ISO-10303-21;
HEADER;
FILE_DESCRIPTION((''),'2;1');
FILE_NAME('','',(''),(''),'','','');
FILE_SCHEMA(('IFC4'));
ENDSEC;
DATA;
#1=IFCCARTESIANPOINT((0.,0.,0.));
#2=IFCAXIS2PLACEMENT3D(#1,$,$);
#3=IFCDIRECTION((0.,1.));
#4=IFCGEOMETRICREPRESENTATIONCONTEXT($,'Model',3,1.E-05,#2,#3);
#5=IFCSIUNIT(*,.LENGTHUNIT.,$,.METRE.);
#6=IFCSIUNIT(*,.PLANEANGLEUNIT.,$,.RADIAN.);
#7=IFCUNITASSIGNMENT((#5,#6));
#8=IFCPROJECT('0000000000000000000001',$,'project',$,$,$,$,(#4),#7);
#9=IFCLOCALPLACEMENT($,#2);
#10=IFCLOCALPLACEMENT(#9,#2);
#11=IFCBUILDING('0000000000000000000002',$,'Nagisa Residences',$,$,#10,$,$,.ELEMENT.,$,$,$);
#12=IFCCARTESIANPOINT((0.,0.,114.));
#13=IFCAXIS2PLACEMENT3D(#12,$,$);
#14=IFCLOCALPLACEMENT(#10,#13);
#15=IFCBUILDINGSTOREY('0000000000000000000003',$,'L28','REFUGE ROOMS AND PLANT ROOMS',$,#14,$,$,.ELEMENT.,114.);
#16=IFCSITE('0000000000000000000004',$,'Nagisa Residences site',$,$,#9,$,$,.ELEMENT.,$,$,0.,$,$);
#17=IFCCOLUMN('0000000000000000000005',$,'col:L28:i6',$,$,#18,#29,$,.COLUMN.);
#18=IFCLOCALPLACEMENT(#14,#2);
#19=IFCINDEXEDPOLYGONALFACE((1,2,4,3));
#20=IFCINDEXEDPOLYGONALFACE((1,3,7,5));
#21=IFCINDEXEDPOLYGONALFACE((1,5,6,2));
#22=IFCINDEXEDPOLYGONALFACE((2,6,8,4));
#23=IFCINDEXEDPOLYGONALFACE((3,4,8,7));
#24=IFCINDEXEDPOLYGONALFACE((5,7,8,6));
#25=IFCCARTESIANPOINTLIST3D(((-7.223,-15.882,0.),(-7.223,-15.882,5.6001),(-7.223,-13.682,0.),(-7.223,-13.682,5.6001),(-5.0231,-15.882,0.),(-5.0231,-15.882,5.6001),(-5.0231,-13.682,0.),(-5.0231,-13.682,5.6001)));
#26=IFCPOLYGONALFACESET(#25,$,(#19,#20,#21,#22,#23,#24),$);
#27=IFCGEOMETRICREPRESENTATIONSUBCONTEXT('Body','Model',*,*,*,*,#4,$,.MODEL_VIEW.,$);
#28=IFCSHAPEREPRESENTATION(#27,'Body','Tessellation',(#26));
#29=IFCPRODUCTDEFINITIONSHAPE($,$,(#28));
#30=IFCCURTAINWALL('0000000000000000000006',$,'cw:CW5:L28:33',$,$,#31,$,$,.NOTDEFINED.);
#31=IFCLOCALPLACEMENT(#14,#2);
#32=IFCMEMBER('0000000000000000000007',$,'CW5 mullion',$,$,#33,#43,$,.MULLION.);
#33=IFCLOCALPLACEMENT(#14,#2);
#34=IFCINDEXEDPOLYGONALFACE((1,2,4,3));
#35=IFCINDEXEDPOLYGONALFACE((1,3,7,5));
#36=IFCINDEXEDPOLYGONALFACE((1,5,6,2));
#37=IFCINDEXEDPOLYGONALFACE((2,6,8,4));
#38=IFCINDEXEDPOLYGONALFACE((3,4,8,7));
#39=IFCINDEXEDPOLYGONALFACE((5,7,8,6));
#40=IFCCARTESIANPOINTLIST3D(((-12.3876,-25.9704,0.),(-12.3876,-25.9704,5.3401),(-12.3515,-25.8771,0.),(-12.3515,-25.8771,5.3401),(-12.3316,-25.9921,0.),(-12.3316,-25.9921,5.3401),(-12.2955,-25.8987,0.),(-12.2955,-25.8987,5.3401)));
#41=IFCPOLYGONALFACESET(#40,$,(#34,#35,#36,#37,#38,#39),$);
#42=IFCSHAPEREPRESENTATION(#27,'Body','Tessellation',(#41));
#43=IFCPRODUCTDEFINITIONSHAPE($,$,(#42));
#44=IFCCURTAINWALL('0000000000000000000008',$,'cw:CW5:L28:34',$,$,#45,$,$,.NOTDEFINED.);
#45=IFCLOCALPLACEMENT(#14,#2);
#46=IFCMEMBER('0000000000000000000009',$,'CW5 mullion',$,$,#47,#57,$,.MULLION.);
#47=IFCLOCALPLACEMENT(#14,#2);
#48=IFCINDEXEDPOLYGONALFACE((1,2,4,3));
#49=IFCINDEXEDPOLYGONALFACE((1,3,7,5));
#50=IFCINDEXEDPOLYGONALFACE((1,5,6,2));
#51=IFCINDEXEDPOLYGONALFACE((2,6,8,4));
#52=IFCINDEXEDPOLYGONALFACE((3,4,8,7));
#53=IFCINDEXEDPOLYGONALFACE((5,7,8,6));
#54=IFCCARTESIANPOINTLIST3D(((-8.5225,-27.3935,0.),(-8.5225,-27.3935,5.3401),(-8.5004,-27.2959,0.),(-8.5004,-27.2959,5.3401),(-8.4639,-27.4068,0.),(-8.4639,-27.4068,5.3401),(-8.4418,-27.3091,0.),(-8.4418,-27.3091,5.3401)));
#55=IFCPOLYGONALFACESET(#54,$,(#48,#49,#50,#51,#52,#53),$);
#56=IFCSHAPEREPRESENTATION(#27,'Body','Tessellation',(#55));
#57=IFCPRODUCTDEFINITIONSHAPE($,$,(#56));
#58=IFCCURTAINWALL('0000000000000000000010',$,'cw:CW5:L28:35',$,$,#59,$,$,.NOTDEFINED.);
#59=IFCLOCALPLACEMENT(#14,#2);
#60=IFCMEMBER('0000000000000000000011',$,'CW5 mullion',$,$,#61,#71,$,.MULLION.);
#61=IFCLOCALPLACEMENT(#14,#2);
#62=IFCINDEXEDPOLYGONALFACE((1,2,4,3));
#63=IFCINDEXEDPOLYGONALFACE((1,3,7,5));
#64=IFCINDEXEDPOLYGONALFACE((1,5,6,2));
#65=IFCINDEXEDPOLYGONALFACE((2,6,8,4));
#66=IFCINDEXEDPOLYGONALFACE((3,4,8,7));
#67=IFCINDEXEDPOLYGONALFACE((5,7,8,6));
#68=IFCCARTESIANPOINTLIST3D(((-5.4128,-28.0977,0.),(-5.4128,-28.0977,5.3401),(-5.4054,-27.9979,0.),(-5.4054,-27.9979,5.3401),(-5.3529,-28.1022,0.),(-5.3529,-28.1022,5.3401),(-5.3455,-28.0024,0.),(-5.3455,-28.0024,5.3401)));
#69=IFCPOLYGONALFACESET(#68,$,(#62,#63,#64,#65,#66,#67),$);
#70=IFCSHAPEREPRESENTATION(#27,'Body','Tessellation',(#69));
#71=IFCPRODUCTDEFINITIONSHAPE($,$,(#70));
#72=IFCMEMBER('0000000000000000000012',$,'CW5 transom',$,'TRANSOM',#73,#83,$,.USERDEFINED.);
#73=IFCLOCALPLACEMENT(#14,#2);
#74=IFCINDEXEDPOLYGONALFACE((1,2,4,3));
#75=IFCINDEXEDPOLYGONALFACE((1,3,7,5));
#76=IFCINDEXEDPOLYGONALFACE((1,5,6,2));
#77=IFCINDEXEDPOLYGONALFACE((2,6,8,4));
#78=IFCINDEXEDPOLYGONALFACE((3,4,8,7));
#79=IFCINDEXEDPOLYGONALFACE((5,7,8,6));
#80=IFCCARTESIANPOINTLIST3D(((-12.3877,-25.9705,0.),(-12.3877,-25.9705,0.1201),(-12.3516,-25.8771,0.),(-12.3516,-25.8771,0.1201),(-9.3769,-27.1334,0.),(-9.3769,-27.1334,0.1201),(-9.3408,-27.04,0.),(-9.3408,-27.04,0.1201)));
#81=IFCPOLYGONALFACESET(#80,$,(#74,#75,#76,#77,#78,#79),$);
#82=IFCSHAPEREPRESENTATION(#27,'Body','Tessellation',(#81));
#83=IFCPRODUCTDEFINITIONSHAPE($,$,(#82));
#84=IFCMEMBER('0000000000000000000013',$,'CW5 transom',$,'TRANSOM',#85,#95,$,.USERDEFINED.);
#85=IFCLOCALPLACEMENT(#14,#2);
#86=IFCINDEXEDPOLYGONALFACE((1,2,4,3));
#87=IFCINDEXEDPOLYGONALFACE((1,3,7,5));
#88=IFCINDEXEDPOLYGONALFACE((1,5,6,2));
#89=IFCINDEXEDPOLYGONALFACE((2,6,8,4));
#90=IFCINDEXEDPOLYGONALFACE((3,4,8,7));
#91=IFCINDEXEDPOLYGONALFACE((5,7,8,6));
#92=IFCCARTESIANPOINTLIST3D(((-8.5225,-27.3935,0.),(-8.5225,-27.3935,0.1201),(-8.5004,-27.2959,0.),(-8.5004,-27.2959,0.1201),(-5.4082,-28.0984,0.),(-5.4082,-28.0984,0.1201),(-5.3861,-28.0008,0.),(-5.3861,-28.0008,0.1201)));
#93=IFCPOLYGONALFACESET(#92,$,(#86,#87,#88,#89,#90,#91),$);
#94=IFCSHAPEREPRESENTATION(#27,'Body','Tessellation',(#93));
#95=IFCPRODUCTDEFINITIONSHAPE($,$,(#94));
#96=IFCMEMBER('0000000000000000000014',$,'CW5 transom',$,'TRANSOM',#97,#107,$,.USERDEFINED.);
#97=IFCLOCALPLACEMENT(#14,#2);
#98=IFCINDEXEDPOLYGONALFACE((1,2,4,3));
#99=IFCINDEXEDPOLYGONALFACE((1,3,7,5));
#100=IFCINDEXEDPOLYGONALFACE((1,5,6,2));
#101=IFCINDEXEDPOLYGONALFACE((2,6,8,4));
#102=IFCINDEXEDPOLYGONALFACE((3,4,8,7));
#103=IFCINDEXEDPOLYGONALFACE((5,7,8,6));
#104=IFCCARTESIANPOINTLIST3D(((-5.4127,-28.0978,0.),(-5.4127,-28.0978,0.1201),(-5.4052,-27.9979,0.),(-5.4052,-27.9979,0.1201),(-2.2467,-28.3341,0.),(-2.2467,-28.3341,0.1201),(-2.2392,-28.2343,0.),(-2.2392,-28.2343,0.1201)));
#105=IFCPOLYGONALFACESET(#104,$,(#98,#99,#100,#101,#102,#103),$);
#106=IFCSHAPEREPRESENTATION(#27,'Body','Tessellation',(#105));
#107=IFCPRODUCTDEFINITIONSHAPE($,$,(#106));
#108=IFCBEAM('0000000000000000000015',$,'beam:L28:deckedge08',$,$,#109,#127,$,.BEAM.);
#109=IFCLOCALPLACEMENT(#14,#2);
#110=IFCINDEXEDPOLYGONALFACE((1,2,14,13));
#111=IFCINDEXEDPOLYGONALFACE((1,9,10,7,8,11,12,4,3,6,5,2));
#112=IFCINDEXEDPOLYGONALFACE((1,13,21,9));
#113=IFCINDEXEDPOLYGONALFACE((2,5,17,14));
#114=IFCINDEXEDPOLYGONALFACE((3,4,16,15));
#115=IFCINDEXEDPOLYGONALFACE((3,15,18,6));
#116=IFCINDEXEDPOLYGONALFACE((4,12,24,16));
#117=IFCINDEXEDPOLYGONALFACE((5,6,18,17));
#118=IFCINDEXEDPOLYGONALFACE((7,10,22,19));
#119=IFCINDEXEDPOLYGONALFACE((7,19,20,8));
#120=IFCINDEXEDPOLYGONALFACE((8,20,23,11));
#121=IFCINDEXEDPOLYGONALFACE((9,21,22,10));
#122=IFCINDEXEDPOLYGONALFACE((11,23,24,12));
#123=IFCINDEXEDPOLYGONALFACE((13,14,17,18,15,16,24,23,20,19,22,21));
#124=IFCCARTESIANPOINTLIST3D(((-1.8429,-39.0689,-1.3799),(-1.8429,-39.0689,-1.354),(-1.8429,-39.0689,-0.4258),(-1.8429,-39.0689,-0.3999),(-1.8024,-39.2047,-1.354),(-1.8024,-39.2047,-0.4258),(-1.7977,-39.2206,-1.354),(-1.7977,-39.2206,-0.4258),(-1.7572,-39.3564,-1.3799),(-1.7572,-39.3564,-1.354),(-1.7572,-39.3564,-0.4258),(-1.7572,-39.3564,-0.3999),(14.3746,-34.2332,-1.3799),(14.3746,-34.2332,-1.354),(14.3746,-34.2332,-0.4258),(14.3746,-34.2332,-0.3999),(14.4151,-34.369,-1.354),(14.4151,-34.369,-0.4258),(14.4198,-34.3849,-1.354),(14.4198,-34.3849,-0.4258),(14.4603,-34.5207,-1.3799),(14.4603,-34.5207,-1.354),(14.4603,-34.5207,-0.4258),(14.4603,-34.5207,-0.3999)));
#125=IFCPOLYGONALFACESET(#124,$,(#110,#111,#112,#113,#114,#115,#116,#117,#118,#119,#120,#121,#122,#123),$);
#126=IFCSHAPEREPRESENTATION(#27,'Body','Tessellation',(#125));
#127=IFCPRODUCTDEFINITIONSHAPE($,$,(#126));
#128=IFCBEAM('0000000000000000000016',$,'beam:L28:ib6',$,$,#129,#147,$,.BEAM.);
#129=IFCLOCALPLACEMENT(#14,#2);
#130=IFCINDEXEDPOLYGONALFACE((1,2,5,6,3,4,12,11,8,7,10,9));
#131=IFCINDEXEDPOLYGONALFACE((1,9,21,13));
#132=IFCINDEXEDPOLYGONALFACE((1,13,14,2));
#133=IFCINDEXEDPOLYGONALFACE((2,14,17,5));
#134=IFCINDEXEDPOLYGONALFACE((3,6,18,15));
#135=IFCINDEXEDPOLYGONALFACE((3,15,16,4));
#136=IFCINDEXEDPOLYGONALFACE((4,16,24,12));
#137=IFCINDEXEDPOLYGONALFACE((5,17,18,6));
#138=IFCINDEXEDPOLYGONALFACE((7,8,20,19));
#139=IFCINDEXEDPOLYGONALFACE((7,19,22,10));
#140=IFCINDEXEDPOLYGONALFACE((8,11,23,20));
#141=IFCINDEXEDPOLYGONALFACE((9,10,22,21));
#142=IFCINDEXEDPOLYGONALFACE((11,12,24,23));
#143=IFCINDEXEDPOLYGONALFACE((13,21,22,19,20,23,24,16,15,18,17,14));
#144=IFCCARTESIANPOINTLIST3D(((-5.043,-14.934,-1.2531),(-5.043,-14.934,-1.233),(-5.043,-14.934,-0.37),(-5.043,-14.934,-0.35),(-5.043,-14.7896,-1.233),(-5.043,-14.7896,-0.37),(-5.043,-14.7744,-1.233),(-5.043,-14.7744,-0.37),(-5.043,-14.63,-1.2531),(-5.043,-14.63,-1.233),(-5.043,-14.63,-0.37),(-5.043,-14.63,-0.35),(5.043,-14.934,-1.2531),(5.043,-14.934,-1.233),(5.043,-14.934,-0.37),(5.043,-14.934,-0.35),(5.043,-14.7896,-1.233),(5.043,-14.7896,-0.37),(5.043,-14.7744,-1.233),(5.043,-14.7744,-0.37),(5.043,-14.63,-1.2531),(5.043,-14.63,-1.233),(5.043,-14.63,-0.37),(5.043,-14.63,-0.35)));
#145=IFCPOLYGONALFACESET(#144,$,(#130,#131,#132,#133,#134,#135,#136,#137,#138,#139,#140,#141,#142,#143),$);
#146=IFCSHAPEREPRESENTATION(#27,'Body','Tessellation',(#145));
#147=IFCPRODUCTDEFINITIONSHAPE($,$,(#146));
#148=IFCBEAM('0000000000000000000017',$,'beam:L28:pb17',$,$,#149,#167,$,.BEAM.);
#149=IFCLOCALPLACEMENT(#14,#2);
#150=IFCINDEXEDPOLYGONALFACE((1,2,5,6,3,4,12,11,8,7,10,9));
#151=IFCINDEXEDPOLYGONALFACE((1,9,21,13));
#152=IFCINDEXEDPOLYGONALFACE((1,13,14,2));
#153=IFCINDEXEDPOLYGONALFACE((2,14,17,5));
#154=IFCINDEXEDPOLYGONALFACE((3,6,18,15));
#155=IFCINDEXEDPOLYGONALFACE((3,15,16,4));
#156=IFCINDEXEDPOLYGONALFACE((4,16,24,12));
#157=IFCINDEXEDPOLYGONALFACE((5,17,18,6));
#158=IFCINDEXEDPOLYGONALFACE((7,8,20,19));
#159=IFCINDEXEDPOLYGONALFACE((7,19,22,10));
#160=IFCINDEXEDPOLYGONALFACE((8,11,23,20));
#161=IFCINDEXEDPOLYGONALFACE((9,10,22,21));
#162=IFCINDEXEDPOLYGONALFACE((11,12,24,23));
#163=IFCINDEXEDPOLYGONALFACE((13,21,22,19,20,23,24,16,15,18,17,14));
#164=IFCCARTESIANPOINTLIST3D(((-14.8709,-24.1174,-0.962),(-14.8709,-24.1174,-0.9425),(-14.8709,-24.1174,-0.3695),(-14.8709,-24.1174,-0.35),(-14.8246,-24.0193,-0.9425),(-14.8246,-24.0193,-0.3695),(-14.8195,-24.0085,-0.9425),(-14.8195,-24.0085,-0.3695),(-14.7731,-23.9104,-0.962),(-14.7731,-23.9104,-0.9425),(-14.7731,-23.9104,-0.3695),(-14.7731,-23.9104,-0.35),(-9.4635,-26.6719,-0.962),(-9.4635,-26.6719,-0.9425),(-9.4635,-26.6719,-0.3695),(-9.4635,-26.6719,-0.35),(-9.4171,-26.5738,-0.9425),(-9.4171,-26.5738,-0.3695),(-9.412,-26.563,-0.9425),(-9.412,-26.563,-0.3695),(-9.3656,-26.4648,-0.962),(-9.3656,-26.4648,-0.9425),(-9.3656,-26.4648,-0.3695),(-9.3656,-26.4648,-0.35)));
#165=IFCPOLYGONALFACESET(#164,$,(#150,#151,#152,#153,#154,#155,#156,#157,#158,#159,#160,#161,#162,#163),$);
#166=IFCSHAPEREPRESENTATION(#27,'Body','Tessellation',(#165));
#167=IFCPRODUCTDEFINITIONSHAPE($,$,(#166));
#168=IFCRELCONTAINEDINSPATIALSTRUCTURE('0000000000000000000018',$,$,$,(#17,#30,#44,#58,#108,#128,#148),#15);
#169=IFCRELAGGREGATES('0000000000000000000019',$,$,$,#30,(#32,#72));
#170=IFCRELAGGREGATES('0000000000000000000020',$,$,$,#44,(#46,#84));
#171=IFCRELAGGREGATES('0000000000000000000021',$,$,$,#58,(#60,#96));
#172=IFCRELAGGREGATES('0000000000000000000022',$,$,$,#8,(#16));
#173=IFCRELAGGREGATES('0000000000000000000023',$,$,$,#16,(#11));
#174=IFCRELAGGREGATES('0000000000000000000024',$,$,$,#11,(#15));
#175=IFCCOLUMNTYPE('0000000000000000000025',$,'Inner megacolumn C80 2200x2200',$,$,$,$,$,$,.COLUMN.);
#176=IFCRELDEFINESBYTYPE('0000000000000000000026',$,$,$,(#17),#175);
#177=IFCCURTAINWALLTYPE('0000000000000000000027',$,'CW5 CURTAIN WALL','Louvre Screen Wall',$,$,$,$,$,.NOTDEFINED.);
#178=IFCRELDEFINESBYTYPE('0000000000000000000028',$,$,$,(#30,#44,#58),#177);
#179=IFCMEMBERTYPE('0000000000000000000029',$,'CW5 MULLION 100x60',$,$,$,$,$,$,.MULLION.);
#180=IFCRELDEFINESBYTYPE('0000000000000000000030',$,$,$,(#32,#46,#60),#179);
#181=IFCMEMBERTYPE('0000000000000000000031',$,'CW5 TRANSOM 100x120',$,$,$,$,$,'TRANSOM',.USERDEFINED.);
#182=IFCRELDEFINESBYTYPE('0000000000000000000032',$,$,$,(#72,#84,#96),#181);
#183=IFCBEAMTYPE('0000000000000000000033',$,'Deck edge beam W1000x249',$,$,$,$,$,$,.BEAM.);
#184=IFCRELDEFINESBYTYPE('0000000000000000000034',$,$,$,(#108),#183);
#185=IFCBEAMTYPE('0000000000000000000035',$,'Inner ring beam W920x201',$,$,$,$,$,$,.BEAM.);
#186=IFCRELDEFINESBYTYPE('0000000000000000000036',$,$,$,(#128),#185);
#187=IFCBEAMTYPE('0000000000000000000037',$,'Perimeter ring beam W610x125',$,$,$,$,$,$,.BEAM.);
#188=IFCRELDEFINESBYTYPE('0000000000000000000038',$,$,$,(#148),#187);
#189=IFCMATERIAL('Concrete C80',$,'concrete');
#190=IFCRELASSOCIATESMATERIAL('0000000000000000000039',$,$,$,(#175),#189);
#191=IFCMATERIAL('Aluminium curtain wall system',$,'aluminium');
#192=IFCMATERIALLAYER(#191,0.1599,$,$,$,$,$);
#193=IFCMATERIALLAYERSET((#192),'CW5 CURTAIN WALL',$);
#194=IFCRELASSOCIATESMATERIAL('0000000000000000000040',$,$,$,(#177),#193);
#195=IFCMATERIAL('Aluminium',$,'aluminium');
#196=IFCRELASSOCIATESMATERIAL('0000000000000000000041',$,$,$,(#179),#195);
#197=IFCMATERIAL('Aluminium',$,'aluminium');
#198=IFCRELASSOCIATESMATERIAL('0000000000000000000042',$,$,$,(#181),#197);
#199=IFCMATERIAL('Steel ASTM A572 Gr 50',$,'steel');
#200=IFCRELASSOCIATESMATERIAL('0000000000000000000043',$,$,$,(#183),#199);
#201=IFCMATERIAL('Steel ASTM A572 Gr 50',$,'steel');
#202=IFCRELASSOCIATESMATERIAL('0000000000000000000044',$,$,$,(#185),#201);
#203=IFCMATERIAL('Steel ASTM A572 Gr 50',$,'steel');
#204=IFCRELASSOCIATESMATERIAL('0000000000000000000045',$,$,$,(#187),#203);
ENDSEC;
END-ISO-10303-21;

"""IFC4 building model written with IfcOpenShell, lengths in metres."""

from ifc_helpers import new_model, si_unit, direction, frame, origin, origin_2d, place, context, subcontext, project, spatial, rectangle, i_section, extrude, material, layer, layer_set, material_profile, profile_set, type_object, element, aggregate, save


model = new_model("IFC4")

# Units and contexts
model_context = context("Model", 3, precision=1e-05, world=origin(), true_north=direction((0.0, 1.0)))
body_context = subcontext(model_context, "Body", "Model", "MODEL_VIEW")
ifc_project = project(units=[si_unit("LENGTHUNIT", "METRE"), si_unit("PLANEANGLEUNIT", "RADIAN")], contexts=[model_context])

# Site, building, storey
site_placement = place(None, origin())
site = spatial("IfcSite", under=ifc_project, at=site_placement, Name="Nagisa Residences site", CompositionType="ELEMENT", RefElevation=0.0)
building_placement = place(site_placement, origin())
building = spatial("IfcBuilding", under=site, at=building_placement, Name="Nagisa Residences", CompositionType="ELEMENT")
storey_placement = place(building_placement, frame((0.0, 0.0, 114.0)))
storey = spatial("IfcBuildingStorey", under=building, at=storey_placement, Name="L28", Description="REFUGE ROOMS AND PLANT ROOMS", CompositionType="ELEMENT", Elevation=114.0)

# Column
ifc_material_1 = material(Name="Concrete C80", Category="concrete")
ifc_material_profile_1 = material_profile(ifc_material_1, rectangle(XDim=2.2, YDim=2.2, at=origin_2d()), Name="C80 2200x2200")
ifc_profile_set_1 = profile_set([ifc_material_profile_1], Name="Concrete C80")
column_type = type_object("IfcColumnType", Name="Inner megacolumn C80 2200x2200", PredefinedType="COLUMN", material=ifc_profile_set_1)
column_placement = place(storey_placement, frame((-6.123, -14.782, 0.0), z_axis=(0.0, 0.0, 1.0), x_axis=(1.0, 0.0, 0.0)))
element("IfcColumn", 1, at=column_placement, inside=storey, type_object=column_type, Name="col:L28:i6", PredefinedType="COLUMN", context=body_context, shape_type="SweptSolid", body=[
    extrude(rectangle(XDim=2.2, YDim=2.2, at=origin_2d()), origin(), (0.0, 0.0, 1.0), 5.6001),
])

# Curtain walls, members
ifc_material_2 = material(Name="Aluminium curtain wall system", Category="aluminium")
ifc_layer_1 = layer(ifc_material_2, 0.1599)
ifc_layer_set_1 = layer_set([ifc_layer_1], Name="CW5 CURTAIN WALL")
curtain_wall_type = type_object("IfcCurtainWallType", Name="CW5 CURTAIN WALL", Description="Louvre Screen Wall", PredefinedType="NOTDEFINED", material=ifc_layer_set_1)
curtain_wall_1_placement = place(storey_placement, origin())
curtain_wall_1 = element("IfcCurtainWall", 2, at=curtain_wall_1_placement, inside=storey, type_object=curtain_wall_type, Name="cw:CW5:L28:33", PredefinedType="NOTDEFINED")
ifc_material_3 = material(Name="Aluminium", Category="aluminium")
ifc_material_profile_2 = material_profile(ifc_material_3, rectangle(XDim=0.1001, YDim=0.0601, at=origin_2d()), Name="CW5 MULLION 100x60")
ifc_profile_set_2 = profile_set([ifc_material_profile_2], Name="Aluminium")
member_type_1 = type_object("IfcMemberType", Name="CW5 MULLION 100x60", PredefinedType="MULLION", material=ifc_profile_set_2)
member_1_placement = place(storey_placement, frame((-12.3416, -25.9346, 0.0), z_axis=(0.0, 0.0, 1.0), x_axis=(0.360328, 0.932826, 0.0)))
member_1 = element("IfcMember", 3, at=member_1_placement, type_object=member_type_1, Name="CW5 mullion", PredefinedType="MULLION", context=body_context, shape_type="SweptSolid", body=[
    extrude(rectangle(XDim=0.1001, YDim=0.0601, at=origin_2d()), origin(), (0.0, 0.0, 1.0), 5.3401),
])
curtain_wall_2_placement = place(storey_placement, origin())
curtain_wall_2 = element("IfcCurtainWall", 4, at=curtain_wall_2_placement, inside=storey, type_object=curtain_wall_type, Name="cw:CW5:L28:34", PredefinedType="NOTDEFINED")
member_2_placement = place(storey_placement, frame((-8.4822, -27.3513, 0.0), z_axis=(0.0, 0.0, 1.0), x_axis=(0.220764, 0.975327, 0.0)))
member_2 = element("IfcMember", 5, at=member_2_placement, type_object=member_type_1, Name="CW5 mullion", PredefinedType="MULLION", context=body_context, shape_type="SweptSolid", body=[
    extrude(rectangle(XDim=0.1001, YDim=0.0601, at=origin_2d()), origin(), (0.0, 0.0, 1.0), 5.3401),
])
curtain_wall_3_placement = place(storey_placement, origin())
curtain_wall_3 = element("IfcCurtainWall", 6, at=curtain_wall_3_placement, inside=storey, type_object=curtain_wall_type, Name="cw:CW5:L28:35", PredefinedType="NOTDEFINED")
member_3_placement = place(storey_placement, frame((-5.3792, -28.05, 0.0), z_axis=(0.0, 0.0, 1.0), x_axis=(0.074377, 0.99723, 0.0)))
member_3 = element("IfcMember", 7, at=member_3_placement, type_object=member_type_1, Name="CW5 mullion", PredefinedType="MULLION", context=body_context, shape_type="SweptSolid", body=[
    extrude(rectangle(XDim=0.1001, YDim=0.0601, at=origin_2d()), origin(), (0.0, 0.0, 1.0), 5.3401),
])

# Members
ifc_material_4 = material(Name="Aluminium", Category="aluminium")
ifc_material_profile_3 = material_profile(ifc_material_4, rectangle(XDim=0.1001, YDim=0.1201, at=origin_2d()), Name="CW5 TRANSOM 100x120")
ifc_profile_set_3 = profile_set([ifc_material_profile_3], Name="Aluminium")
member_type_2 = type_object("IfcMemberType", Name="CW5 TRANSOM 100x120", ElementType="TRANSOM", PredefinedType="USERDEFINED", material=ifc_profile_set_3)
member_4_placement = place(storey_placement, frame((-12.3696, -25.9238, 0.0601), z_axis=(0.93284, -0.360292, 0.0), x_axis=(0.360292, 0.93284, 0.0)))
member_4 = element("IfcMember", 8, at=member_4_placement, type_object=member_type_2, Name="CW5 transom", ObjectType="TRANSOM", PredefinedType="USERDEFINED", context=body_context, shape_type="SweptSolid", body=[
    extrude(rectangle(XDim=0.1001, YDim=0.1201, at=origin_2d()), origin(), (0.0, 0.0, 1.0), 3.2275),
])
member_5_placement = place(storey_placement, frame((-8.5115, -27.3447, 0.0601), z_axis=(0.975332, -0.220742, 0.0), x_axis=(0.220742, 0.975332, 0.0)))
member_5 = element("IfcMember", 9, at=member_5_placement, type_object=member_type_2, Name="CW5 transom", ObjectType="TRANSOM", PredefinedType="USERDEFINED", context=body_context, shape_type="SweptSolid", body=[
    extrude(rectangle(XDim=0.1001, YDim=0.1201, at=origin_2d()), origin(), (0.0, 0.0, 1.0), 3.1931),
])
member_6_placement = place(storey_placement, frame((-5.4089, -28.0479, 0.0601), z_axis=(0.997226, -0.074438, 0.0), x_axis=(0.074438, 0.997226, 0.0)))
member_6 = element("IfcMember", 10, at=member_6_placement, type_object=member_type_2, Name="CW5 transom", ObjectType="TRANSOM", PredefinedType="USERDEFINED", context=body_context, shape_type="SweptSolid", body=[
    extrude(rectangle(XDim=0.1001, YDim=0.1201, at=origin_2d()), origin(), (0.0, 0.0, 1.0), 3.1748),
])

# Beams
ifc_material_5 = material(Name="Steel ASTM A572 Gr 50", Category="steel")
ifc_material_profile_4 = material_profile(ifc_material_5, i_section(OverallWidth=0.3, OverallDepth=0.98, WebThickness=0.0166, FlangeThickness=0.0259, at=origin_2d()), Name="W1000x249")
ifc_profile_set_4 = profile_set([ifc_material_profile_4], Name="Steel ASTM A572 Gr 50")
beam_type_1 = type_object("IfcBeamType", Name="Deck edge beam W1000x249", PredefinedType="BEAM", material=ifc_profile_set_4)
beam_1_placement = place(storey_placement, frame((-1.8, -39.2126, -0.8899), z_axis=(0.958306, 0.285745, 0.0), x_axis=(-0.285745, 0.958306, 0.0)))
element("IfcBeam", 11, at=beam_1_placement, inside=storey, type_object=beam_type_1, Name="beam:L28:deckedge08", PredefinedType="BEAM", context=body_context, shape_type="SweptSolid", body=[
    extrude(i_section(OverallWidth=0.3, OverallDepth=0.98, WebThickness=0.0166, FlangeThickness=0.0259, at=origin_2d()), origin(), (0.0, 0.0, 1.0), 16.9231),
])
ifc_material_6 = material(Name="Steel ASTM A572 Gr 50", Category="steel")
ifc_material_profile_5 = material_profile(ifc_material_6, i_section(OverallWidth=0.304, OverallDepth=0.9031, WebThickness=0.0151, FlangeThickness=0.02, at=origin_2d()), Name="W920x201")
ifc_profile_set_5 = profile_set([ifc_material_profile_5], Name="Steel ASTM A572 Gr 50")
beam_type_2 = type_object("IfcBeamType", Name="Inner ring beam W920x201", PredefinedType="BEAM", material=ifc_profile_set_5)
beam_2_placement = place(storey_placement, frame((-5.043, -14.782, -0.8015), z_axis=(1.0, 0.0, 0.0), x_axis=(0.0, 1.0, 0.0)))
element("IfcBeam", 12, at=beam_2_placement, inside=storey, type_object=beam_type_2, Name="beam:L28:ib6", PredefinedType="BEAM", context=body_context, shape_type="SweptSolid", body=[
    extrude(i_section(OverallWidth=0.304, OverallDepth=0.9031, WebThickness=0.0151, FlangeThickness=0.02, at=origin_2d()), origin(), (0.0, 0.0, 1.0), 10.0859),
])
ifc_material_7 = material(Name="Steel ASTM A572 Gr 50", Category="steel")
ifc_material_profile_6 = material_profile(ifc_material_7, i_section(OverallWidth=0.229, OverallDepth=0.6121, WebThickness=0.012, FlangeThickness=0.0195, at=origin_2d()), Name="W610x125")
ifc_profile_set_6 = profile_set([ifc_material_profile_6], Name="Steel ASTM A572 Gr 50")
beam_type_3 = type_object("IfcBeamType", Name="Perimeter ring beam W610x125", PredefinedType="BEAM", material=ifc_profile_set_6)
beam_3_placement = place(storey_placement, frame((-14.822, -24.0139, -0.656), z_axis=(0.90419, -0.427131, 0.0), x_axis=(0.427131, 0.90419, 0.0)))
element("IfcBeam", 13, at=beam_3_placement, inside=storey, type_object=beam_type_3, Name="beam:L28:pb17", PredefinedType="BEAM", context=body_context, shape_type="SweptSolid", body=[
    extrude(i_section(OverallWidth=0.229, OverallDepth=0.6121, WebThickness=0.012, FlangeThickness=0.0195, at=origin_2d()), origin(), (0.0, 0.0, 1.0), 5.9805),
])

aggregate(curtain_wall_1, [member_1, member_4])
aggregate(curtain_wall_2, [member_2, member_5])
aggregate(curtain_wall_3, [member_3, member_6])

save(model, "model.ifc")
